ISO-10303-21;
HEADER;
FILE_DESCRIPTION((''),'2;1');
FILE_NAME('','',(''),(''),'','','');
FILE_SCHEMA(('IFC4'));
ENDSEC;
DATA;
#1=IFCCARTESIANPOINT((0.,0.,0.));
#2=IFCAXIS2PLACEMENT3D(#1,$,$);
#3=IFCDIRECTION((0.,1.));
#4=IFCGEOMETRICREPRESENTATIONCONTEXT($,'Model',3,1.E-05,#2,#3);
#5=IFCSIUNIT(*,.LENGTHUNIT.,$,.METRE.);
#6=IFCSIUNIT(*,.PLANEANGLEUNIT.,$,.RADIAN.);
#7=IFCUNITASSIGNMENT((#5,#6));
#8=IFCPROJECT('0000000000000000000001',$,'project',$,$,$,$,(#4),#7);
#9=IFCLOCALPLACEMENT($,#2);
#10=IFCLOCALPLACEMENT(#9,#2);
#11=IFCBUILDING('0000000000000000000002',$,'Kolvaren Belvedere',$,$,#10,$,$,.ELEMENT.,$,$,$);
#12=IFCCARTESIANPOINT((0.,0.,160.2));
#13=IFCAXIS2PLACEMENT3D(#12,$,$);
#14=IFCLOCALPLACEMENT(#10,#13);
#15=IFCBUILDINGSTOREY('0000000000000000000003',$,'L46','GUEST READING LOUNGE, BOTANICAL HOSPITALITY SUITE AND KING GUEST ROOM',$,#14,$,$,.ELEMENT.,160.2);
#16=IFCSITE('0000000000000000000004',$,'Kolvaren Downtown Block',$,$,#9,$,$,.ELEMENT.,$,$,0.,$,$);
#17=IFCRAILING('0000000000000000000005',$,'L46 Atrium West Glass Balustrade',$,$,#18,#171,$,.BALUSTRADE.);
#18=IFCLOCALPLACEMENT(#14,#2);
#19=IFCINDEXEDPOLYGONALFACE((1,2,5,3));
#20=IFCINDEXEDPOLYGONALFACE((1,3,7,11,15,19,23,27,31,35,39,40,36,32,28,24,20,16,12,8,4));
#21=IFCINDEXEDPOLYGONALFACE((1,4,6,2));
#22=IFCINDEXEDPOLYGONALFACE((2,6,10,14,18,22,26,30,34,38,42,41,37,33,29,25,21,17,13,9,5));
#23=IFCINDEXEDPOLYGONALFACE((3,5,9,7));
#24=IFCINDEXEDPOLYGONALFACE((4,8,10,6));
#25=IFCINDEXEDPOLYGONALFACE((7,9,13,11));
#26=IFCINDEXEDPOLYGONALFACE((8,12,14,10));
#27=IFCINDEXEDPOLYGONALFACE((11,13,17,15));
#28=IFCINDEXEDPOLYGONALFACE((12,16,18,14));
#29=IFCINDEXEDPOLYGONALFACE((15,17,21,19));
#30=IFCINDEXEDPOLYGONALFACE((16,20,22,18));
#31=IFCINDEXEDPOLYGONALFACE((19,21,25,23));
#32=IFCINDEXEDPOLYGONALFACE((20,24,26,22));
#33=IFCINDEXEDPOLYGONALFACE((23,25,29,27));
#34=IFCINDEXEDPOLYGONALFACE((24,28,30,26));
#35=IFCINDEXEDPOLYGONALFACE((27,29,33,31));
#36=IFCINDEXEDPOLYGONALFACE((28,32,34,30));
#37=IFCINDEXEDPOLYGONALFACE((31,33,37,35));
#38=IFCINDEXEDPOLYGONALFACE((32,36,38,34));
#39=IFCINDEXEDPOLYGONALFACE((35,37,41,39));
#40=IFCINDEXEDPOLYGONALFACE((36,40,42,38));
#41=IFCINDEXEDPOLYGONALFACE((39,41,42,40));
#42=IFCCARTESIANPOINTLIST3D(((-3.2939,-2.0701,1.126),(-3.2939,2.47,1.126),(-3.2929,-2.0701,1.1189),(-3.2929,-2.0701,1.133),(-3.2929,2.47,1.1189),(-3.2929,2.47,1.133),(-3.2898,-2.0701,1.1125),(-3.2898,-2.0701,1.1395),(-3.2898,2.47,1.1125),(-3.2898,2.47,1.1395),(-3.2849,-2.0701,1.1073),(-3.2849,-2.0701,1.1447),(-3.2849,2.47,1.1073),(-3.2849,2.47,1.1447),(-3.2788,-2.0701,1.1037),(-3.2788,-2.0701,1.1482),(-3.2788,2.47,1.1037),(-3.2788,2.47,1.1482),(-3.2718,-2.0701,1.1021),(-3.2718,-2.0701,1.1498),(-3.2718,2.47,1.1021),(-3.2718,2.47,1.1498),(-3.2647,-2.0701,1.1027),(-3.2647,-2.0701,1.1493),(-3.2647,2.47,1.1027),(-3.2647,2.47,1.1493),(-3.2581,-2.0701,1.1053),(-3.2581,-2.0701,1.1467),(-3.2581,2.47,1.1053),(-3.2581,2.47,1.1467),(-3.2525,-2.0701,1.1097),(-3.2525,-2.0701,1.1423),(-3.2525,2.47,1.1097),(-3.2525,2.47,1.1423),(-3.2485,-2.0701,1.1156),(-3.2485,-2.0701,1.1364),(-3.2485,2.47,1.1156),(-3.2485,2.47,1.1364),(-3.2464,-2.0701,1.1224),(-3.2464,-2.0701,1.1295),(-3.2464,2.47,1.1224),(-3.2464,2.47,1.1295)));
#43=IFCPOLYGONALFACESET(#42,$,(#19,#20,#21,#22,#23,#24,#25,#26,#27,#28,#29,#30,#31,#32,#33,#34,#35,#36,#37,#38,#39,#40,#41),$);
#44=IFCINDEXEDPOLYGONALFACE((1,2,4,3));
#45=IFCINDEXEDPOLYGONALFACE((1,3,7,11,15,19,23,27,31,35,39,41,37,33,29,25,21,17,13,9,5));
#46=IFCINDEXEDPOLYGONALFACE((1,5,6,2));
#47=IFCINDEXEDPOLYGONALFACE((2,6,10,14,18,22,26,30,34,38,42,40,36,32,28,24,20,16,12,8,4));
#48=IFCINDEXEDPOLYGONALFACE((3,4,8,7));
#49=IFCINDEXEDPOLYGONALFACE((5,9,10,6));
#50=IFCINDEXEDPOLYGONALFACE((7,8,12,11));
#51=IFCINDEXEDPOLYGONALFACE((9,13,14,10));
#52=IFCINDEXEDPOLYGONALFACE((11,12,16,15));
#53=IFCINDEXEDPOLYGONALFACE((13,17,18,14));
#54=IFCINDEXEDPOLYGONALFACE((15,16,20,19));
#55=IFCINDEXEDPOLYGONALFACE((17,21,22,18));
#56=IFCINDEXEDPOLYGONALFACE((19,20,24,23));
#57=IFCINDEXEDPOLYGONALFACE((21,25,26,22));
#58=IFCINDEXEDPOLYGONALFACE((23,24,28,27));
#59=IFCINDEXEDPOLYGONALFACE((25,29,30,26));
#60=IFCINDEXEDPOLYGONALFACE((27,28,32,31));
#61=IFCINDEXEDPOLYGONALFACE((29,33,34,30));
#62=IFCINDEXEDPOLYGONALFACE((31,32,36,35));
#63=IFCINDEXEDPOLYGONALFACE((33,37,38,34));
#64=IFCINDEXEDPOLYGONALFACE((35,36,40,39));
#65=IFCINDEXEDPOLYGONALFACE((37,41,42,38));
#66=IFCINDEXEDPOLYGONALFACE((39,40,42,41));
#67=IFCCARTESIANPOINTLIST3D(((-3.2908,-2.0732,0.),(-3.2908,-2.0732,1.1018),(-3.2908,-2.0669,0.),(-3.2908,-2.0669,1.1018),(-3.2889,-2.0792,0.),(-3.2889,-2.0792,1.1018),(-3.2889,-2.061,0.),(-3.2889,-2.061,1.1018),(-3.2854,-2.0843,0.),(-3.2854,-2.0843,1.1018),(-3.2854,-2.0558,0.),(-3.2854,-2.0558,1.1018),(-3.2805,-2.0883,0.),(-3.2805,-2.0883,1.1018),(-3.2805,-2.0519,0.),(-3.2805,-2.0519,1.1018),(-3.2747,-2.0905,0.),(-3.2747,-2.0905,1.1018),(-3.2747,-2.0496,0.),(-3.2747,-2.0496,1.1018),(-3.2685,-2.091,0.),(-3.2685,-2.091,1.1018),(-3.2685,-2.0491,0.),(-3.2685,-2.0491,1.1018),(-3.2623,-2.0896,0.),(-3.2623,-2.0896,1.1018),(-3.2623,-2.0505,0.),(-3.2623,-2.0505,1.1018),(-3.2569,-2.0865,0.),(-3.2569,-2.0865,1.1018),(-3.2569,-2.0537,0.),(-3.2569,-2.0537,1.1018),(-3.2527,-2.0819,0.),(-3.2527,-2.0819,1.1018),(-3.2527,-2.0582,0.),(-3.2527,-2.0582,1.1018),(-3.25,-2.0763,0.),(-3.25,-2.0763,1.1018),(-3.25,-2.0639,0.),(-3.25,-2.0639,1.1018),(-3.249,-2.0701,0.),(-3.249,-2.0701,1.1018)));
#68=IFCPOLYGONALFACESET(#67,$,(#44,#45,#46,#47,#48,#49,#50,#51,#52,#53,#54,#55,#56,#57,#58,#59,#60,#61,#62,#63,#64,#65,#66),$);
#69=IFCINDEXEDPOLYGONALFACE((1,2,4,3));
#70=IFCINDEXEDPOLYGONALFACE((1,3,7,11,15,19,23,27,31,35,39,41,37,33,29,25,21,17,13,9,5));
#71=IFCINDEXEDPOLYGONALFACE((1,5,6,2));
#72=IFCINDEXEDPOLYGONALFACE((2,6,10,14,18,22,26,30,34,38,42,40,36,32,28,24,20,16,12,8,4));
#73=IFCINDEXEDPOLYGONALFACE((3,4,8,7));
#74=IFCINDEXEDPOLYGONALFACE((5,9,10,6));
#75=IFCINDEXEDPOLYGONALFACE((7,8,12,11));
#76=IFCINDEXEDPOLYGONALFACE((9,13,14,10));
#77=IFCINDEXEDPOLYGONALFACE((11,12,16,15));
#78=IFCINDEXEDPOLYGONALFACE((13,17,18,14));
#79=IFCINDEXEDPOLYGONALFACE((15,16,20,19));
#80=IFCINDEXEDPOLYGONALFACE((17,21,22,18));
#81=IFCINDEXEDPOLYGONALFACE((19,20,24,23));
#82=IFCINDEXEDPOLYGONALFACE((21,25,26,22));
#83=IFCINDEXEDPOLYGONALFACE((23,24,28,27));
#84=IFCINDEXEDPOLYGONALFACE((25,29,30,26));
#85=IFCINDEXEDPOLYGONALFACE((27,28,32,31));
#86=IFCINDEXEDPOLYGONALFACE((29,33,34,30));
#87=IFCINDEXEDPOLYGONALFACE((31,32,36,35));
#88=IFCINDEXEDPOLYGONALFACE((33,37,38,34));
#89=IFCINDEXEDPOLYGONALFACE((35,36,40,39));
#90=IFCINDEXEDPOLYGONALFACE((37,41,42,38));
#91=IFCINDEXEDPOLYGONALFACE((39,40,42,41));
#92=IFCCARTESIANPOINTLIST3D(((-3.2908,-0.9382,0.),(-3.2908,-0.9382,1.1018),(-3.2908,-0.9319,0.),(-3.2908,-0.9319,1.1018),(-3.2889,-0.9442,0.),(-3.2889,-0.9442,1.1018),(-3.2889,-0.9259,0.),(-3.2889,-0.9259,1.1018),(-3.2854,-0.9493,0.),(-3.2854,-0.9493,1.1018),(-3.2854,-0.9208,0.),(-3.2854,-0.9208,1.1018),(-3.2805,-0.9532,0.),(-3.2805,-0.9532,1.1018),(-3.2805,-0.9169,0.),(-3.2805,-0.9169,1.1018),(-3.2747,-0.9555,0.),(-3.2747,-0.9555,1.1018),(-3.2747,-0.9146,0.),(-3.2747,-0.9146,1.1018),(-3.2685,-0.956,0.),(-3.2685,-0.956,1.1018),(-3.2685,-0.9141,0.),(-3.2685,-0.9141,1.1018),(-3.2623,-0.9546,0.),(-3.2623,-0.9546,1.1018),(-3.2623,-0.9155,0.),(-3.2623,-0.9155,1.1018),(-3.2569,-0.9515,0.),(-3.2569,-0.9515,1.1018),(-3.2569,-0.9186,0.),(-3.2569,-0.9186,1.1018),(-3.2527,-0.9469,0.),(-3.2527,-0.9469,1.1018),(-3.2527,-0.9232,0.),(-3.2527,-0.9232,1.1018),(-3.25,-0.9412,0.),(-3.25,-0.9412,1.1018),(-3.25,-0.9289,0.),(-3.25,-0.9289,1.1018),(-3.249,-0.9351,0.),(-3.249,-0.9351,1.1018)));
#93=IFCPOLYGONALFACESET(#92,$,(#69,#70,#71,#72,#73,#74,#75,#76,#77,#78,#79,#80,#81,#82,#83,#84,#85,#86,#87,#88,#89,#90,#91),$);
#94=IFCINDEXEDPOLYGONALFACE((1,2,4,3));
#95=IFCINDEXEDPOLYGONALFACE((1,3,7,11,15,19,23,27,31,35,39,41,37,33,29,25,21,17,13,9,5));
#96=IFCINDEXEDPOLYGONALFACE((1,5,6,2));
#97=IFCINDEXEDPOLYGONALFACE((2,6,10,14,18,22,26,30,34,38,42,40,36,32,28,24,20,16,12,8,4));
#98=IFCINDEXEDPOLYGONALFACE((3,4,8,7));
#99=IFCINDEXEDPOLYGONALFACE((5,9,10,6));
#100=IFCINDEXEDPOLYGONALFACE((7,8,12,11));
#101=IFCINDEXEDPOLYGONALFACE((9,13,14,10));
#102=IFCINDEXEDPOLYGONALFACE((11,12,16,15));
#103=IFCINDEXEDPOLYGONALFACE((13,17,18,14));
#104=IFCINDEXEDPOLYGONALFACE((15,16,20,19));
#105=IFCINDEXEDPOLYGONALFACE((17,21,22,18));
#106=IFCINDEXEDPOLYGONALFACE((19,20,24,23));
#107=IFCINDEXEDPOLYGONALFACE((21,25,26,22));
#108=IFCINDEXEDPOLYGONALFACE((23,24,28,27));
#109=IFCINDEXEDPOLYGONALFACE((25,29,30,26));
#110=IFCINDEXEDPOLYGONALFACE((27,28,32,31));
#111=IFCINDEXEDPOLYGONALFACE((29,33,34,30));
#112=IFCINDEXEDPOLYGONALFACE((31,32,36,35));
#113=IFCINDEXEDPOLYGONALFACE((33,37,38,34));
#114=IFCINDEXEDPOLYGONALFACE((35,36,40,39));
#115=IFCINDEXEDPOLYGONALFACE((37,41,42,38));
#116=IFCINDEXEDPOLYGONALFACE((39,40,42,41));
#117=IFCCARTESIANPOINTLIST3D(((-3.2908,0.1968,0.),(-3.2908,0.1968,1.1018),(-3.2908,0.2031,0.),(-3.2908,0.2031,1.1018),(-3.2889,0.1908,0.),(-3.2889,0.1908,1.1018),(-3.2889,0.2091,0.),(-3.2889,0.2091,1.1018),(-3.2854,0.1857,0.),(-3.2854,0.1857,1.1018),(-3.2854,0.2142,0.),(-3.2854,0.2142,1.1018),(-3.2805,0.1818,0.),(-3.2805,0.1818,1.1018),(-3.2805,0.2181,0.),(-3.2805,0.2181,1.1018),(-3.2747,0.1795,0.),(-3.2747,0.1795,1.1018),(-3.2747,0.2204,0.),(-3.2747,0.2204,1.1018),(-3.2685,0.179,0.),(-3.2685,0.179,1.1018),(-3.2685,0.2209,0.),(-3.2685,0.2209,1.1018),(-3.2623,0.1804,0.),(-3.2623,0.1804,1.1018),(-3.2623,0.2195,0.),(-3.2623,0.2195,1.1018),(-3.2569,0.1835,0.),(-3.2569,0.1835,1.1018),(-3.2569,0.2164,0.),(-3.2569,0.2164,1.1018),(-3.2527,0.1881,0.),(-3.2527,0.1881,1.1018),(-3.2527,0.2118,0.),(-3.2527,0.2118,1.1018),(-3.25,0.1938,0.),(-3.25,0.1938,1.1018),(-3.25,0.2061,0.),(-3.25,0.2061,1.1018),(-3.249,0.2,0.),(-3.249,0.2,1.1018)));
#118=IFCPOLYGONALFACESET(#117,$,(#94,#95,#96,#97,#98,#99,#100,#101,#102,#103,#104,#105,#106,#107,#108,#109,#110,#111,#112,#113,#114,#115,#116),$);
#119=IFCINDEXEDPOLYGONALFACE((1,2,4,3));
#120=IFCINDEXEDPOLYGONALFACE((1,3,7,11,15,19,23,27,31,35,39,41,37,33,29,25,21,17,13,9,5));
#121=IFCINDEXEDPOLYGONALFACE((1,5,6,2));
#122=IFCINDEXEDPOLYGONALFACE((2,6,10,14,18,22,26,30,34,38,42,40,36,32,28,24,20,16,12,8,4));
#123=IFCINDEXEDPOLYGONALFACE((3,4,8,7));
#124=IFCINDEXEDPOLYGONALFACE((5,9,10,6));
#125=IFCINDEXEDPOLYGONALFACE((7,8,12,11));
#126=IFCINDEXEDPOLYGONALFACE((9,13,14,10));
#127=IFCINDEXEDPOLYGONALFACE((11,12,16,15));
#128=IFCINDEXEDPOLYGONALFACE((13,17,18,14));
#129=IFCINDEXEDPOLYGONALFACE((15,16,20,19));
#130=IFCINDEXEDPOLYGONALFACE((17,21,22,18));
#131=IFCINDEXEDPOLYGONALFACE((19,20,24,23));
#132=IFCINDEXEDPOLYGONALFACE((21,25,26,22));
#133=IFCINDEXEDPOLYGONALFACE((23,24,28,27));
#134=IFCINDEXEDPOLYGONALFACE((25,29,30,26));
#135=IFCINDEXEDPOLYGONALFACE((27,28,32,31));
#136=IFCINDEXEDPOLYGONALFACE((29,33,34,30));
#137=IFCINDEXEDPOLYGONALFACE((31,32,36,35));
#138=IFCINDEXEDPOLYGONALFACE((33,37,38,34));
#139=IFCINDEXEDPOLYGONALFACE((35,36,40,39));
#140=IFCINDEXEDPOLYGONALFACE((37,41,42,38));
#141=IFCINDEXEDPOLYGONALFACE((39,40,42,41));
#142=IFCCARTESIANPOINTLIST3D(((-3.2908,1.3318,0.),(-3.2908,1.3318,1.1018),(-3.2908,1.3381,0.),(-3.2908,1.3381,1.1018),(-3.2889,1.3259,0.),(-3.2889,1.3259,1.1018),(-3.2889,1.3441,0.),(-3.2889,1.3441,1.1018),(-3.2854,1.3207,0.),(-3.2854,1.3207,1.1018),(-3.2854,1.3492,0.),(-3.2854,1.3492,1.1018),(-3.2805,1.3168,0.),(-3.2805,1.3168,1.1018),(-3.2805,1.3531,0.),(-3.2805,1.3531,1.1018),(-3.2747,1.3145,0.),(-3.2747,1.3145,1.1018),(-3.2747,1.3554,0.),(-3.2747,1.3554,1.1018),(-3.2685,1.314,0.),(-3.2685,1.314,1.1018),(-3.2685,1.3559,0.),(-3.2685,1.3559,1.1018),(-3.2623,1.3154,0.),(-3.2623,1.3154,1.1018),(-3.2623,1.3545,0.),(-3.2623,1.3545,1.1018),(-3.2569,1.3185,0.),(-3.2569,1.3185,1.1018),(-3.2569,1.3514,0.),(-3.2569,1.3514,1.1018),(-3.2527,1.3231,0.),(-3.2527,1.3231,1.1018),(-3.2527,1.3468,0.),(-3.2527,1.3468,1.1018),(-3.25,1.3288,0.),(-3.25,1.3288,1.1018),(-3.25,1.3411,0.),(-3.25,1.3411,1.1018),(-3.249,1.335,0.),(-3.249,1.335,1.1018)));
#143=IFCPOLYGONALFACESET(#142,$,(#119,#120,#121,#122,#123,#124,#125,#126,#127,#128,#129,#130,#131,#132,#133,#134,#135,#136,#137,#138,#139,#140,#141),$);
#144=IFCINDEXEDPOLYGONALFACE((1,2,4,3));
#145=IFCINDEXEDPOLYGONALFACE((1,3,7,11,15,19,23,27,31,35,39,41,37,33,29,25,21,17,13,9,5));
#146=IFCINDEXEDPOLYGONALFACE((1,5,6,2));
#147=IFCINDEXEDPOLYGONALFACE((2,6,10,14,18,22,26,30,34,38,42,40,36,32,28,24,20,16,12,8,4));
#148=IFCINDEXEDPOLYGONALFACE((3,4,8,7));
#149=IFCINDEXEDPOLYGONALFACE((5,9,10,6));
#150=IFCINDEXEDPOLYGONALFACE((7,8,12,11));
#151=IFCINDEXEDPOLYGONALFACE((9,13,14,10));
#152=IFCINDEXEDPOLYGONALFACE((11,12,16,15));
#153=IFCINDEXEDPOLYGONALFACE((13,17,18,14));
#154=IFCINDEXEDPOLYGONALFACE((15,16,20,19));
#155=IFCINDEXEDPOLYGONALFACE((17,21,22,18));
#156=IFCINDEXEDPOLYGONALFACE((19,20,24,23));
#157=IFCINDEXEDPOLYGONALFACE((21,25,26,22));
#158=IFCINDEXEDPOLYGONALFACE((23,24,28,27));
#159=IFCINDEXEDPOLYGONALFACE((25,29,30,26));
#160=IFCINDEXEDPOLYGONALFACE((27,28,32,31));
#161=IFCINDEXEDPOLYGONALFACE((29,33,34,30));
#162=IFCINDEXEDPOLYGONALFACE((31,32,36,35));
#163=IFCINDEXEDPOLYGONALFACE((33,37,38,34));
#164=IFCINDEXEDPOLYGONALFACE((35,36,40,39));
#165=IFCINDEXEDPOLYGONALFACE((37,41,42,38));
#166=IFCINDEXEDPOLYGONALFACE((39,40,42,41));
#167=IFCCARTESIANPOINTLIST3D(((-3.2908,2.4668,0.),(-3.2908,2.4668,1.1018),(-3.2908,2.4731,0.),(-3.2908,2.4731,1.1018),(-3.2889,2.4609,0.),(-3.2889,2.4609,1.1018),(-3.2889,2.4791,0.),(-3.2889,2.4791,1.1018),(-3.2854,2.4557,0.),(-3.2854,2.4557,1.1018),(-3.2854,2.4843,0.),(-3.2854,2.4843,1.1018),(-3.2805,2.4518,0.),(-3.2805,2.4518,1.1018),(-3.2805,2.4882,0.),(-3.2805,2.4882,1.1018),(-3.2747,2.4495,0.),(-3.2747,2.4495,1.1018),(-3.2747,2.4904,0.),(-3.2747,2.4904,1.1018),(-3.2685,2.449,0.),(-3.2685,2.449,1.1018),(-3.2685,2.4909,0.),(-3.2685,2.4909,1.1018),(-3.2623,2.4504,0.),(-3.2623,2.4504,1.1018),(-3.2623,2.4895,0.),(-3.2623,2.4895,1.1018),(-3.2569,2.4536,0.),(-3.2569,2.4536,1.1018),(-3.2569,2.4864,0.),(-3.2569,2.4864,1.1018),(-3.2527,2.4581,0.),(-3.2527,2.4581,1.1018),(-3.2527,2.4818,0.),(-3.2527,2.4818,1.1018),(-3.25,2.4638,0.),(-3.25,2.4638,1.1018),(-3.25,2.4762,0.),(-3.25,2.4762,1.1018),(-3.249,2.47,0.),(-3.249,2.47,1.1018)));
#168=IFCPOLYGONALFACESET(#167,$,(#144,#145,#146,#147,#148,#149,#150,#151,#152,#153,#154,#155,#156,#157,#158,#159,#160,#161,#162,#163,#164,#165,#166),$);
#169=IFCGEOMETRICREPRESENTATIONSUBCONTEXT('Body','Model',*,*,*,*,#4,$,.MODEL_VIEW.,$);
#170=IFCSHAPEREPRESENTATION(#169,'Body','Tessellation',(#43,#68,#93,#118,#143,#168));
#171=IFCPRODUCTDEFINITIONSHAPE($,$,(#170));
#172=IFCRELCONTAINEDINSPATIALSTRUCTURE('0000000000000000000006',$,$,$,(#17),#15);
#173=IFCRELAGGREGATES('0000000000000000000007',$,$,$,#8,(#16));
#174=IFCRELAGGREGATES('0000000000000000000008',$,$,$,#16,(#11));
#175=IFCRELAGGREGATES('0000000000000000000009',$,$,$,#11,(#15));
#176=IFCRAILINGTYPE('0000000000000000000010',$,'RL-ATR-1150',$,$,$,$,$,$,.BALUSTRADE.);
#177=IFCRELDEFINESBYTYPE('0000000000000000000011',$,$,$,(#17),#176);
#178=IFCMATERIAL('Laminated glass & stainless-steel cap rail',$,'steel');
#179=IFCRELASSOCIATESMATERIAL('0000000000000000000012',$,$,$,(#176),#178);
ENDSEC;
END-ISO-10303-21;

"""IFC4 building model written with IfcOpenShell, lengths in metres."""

from ifc_helpers import new_model, si_unit, direction, frame, origin, origin_2d, place, context, subcontext, project, spatial, circle, extrude, material, type_object, element, save


model = new_model("IFC4")

# Units and contexts
model_context = context("Model", 3, precision=1e-05, world=origin(), true_north=direction((0.0, 1.0)))
body_context = subcontext(model_context, "Body", "Model", "MODEL_VIEW")
ifc_project = project(units=[si_unit("LENGTHUNIT", "METRE"), si_unit("PLANEANGLEUNIT", "RADIAN")], contexts=[model_context])

# Site, building, storey
site_placement = place(None, origin())
site = spatial("IfcSite", under=ifc_project, at=site_placement, Name="Kolvaren Downtown Block", CompositionType="ELEMENT", RefElevation=0.0)
building_placement = place(site_placement, origin())
building = spatial("IfcBuilding", under=site, at=building_placement, Name="Kolvaren Belvedere", CompositionType="ELEMENT")
storey_placement = place(building_placement, frame((0.0, 0.0, 160.2)))
storey = spatial("IfcBuildingStorey", under=building, at=storey_placement, Name="L46", Description="GUEST READING LOUNGE, BOTANICAL HOSPITALITY SUITE AND KING GUEST ROOM", CompositionType="ELEMENT", Elevation=160.2)

# Railing
ifc_material_1 = material(Name="Laminated glass & stainless-steel cap rail", Category="steel")
railing_type_1 = type_object("IfcRailingType", Name="RL-ATR-1150", PredefinedType="BALUSTRADE", material=ifc_material_1)
railing_1_placement = place(storey_placement, frame((-3.27, -2.0701, 0.0)))
element("IfcRailing", 1, at=railing_1_placement, inside=storey, type_object=railing_type_1, Name="L46 Atrium West Glass Balustrade", PredefinedType="BALUSTRADE", context=body_context, shape_type="SweptSolid", body=[
    extrude(circle(Radius=0.0239, at=origin_2d()), frame((0.0, 0.0, 1.126), z_axis=(0.0, 1.0, 0.0), x_axis=(-1.0, 0.0, 0.0)), (0.0, 0.0, 1.0), 4.54),
    extrude(circle(Radius=0.021, at=origin_2d()), origin(), (0.0, 0.0, 1.0), 1.1018),
    extrude(circle(Radius=0.021, at=origin_2d()), frame((0.0, 1.135, 0.0)), (0.0, 0.0, 1.0), 1.1018),
    extrude(circle(Radius=0.021, at=origin_2d()), frame((0.0, 2.27, 0.0)), (0.0, 0.0, 1.0), 1.1018),
    extrude(circle(Radius=0.021, at=origin_2d()), frame((0.0, 3.405, 0.0)), (0.0, 0.0, 1.0), 1.1018),
    extrude(circle(Radius=0.021, at=origin_2d()), frame((0.0, 4.54, 0.0)), (0.0, 0.0, 1.0), 1.1018),
])

save(model, "model.ifc")
